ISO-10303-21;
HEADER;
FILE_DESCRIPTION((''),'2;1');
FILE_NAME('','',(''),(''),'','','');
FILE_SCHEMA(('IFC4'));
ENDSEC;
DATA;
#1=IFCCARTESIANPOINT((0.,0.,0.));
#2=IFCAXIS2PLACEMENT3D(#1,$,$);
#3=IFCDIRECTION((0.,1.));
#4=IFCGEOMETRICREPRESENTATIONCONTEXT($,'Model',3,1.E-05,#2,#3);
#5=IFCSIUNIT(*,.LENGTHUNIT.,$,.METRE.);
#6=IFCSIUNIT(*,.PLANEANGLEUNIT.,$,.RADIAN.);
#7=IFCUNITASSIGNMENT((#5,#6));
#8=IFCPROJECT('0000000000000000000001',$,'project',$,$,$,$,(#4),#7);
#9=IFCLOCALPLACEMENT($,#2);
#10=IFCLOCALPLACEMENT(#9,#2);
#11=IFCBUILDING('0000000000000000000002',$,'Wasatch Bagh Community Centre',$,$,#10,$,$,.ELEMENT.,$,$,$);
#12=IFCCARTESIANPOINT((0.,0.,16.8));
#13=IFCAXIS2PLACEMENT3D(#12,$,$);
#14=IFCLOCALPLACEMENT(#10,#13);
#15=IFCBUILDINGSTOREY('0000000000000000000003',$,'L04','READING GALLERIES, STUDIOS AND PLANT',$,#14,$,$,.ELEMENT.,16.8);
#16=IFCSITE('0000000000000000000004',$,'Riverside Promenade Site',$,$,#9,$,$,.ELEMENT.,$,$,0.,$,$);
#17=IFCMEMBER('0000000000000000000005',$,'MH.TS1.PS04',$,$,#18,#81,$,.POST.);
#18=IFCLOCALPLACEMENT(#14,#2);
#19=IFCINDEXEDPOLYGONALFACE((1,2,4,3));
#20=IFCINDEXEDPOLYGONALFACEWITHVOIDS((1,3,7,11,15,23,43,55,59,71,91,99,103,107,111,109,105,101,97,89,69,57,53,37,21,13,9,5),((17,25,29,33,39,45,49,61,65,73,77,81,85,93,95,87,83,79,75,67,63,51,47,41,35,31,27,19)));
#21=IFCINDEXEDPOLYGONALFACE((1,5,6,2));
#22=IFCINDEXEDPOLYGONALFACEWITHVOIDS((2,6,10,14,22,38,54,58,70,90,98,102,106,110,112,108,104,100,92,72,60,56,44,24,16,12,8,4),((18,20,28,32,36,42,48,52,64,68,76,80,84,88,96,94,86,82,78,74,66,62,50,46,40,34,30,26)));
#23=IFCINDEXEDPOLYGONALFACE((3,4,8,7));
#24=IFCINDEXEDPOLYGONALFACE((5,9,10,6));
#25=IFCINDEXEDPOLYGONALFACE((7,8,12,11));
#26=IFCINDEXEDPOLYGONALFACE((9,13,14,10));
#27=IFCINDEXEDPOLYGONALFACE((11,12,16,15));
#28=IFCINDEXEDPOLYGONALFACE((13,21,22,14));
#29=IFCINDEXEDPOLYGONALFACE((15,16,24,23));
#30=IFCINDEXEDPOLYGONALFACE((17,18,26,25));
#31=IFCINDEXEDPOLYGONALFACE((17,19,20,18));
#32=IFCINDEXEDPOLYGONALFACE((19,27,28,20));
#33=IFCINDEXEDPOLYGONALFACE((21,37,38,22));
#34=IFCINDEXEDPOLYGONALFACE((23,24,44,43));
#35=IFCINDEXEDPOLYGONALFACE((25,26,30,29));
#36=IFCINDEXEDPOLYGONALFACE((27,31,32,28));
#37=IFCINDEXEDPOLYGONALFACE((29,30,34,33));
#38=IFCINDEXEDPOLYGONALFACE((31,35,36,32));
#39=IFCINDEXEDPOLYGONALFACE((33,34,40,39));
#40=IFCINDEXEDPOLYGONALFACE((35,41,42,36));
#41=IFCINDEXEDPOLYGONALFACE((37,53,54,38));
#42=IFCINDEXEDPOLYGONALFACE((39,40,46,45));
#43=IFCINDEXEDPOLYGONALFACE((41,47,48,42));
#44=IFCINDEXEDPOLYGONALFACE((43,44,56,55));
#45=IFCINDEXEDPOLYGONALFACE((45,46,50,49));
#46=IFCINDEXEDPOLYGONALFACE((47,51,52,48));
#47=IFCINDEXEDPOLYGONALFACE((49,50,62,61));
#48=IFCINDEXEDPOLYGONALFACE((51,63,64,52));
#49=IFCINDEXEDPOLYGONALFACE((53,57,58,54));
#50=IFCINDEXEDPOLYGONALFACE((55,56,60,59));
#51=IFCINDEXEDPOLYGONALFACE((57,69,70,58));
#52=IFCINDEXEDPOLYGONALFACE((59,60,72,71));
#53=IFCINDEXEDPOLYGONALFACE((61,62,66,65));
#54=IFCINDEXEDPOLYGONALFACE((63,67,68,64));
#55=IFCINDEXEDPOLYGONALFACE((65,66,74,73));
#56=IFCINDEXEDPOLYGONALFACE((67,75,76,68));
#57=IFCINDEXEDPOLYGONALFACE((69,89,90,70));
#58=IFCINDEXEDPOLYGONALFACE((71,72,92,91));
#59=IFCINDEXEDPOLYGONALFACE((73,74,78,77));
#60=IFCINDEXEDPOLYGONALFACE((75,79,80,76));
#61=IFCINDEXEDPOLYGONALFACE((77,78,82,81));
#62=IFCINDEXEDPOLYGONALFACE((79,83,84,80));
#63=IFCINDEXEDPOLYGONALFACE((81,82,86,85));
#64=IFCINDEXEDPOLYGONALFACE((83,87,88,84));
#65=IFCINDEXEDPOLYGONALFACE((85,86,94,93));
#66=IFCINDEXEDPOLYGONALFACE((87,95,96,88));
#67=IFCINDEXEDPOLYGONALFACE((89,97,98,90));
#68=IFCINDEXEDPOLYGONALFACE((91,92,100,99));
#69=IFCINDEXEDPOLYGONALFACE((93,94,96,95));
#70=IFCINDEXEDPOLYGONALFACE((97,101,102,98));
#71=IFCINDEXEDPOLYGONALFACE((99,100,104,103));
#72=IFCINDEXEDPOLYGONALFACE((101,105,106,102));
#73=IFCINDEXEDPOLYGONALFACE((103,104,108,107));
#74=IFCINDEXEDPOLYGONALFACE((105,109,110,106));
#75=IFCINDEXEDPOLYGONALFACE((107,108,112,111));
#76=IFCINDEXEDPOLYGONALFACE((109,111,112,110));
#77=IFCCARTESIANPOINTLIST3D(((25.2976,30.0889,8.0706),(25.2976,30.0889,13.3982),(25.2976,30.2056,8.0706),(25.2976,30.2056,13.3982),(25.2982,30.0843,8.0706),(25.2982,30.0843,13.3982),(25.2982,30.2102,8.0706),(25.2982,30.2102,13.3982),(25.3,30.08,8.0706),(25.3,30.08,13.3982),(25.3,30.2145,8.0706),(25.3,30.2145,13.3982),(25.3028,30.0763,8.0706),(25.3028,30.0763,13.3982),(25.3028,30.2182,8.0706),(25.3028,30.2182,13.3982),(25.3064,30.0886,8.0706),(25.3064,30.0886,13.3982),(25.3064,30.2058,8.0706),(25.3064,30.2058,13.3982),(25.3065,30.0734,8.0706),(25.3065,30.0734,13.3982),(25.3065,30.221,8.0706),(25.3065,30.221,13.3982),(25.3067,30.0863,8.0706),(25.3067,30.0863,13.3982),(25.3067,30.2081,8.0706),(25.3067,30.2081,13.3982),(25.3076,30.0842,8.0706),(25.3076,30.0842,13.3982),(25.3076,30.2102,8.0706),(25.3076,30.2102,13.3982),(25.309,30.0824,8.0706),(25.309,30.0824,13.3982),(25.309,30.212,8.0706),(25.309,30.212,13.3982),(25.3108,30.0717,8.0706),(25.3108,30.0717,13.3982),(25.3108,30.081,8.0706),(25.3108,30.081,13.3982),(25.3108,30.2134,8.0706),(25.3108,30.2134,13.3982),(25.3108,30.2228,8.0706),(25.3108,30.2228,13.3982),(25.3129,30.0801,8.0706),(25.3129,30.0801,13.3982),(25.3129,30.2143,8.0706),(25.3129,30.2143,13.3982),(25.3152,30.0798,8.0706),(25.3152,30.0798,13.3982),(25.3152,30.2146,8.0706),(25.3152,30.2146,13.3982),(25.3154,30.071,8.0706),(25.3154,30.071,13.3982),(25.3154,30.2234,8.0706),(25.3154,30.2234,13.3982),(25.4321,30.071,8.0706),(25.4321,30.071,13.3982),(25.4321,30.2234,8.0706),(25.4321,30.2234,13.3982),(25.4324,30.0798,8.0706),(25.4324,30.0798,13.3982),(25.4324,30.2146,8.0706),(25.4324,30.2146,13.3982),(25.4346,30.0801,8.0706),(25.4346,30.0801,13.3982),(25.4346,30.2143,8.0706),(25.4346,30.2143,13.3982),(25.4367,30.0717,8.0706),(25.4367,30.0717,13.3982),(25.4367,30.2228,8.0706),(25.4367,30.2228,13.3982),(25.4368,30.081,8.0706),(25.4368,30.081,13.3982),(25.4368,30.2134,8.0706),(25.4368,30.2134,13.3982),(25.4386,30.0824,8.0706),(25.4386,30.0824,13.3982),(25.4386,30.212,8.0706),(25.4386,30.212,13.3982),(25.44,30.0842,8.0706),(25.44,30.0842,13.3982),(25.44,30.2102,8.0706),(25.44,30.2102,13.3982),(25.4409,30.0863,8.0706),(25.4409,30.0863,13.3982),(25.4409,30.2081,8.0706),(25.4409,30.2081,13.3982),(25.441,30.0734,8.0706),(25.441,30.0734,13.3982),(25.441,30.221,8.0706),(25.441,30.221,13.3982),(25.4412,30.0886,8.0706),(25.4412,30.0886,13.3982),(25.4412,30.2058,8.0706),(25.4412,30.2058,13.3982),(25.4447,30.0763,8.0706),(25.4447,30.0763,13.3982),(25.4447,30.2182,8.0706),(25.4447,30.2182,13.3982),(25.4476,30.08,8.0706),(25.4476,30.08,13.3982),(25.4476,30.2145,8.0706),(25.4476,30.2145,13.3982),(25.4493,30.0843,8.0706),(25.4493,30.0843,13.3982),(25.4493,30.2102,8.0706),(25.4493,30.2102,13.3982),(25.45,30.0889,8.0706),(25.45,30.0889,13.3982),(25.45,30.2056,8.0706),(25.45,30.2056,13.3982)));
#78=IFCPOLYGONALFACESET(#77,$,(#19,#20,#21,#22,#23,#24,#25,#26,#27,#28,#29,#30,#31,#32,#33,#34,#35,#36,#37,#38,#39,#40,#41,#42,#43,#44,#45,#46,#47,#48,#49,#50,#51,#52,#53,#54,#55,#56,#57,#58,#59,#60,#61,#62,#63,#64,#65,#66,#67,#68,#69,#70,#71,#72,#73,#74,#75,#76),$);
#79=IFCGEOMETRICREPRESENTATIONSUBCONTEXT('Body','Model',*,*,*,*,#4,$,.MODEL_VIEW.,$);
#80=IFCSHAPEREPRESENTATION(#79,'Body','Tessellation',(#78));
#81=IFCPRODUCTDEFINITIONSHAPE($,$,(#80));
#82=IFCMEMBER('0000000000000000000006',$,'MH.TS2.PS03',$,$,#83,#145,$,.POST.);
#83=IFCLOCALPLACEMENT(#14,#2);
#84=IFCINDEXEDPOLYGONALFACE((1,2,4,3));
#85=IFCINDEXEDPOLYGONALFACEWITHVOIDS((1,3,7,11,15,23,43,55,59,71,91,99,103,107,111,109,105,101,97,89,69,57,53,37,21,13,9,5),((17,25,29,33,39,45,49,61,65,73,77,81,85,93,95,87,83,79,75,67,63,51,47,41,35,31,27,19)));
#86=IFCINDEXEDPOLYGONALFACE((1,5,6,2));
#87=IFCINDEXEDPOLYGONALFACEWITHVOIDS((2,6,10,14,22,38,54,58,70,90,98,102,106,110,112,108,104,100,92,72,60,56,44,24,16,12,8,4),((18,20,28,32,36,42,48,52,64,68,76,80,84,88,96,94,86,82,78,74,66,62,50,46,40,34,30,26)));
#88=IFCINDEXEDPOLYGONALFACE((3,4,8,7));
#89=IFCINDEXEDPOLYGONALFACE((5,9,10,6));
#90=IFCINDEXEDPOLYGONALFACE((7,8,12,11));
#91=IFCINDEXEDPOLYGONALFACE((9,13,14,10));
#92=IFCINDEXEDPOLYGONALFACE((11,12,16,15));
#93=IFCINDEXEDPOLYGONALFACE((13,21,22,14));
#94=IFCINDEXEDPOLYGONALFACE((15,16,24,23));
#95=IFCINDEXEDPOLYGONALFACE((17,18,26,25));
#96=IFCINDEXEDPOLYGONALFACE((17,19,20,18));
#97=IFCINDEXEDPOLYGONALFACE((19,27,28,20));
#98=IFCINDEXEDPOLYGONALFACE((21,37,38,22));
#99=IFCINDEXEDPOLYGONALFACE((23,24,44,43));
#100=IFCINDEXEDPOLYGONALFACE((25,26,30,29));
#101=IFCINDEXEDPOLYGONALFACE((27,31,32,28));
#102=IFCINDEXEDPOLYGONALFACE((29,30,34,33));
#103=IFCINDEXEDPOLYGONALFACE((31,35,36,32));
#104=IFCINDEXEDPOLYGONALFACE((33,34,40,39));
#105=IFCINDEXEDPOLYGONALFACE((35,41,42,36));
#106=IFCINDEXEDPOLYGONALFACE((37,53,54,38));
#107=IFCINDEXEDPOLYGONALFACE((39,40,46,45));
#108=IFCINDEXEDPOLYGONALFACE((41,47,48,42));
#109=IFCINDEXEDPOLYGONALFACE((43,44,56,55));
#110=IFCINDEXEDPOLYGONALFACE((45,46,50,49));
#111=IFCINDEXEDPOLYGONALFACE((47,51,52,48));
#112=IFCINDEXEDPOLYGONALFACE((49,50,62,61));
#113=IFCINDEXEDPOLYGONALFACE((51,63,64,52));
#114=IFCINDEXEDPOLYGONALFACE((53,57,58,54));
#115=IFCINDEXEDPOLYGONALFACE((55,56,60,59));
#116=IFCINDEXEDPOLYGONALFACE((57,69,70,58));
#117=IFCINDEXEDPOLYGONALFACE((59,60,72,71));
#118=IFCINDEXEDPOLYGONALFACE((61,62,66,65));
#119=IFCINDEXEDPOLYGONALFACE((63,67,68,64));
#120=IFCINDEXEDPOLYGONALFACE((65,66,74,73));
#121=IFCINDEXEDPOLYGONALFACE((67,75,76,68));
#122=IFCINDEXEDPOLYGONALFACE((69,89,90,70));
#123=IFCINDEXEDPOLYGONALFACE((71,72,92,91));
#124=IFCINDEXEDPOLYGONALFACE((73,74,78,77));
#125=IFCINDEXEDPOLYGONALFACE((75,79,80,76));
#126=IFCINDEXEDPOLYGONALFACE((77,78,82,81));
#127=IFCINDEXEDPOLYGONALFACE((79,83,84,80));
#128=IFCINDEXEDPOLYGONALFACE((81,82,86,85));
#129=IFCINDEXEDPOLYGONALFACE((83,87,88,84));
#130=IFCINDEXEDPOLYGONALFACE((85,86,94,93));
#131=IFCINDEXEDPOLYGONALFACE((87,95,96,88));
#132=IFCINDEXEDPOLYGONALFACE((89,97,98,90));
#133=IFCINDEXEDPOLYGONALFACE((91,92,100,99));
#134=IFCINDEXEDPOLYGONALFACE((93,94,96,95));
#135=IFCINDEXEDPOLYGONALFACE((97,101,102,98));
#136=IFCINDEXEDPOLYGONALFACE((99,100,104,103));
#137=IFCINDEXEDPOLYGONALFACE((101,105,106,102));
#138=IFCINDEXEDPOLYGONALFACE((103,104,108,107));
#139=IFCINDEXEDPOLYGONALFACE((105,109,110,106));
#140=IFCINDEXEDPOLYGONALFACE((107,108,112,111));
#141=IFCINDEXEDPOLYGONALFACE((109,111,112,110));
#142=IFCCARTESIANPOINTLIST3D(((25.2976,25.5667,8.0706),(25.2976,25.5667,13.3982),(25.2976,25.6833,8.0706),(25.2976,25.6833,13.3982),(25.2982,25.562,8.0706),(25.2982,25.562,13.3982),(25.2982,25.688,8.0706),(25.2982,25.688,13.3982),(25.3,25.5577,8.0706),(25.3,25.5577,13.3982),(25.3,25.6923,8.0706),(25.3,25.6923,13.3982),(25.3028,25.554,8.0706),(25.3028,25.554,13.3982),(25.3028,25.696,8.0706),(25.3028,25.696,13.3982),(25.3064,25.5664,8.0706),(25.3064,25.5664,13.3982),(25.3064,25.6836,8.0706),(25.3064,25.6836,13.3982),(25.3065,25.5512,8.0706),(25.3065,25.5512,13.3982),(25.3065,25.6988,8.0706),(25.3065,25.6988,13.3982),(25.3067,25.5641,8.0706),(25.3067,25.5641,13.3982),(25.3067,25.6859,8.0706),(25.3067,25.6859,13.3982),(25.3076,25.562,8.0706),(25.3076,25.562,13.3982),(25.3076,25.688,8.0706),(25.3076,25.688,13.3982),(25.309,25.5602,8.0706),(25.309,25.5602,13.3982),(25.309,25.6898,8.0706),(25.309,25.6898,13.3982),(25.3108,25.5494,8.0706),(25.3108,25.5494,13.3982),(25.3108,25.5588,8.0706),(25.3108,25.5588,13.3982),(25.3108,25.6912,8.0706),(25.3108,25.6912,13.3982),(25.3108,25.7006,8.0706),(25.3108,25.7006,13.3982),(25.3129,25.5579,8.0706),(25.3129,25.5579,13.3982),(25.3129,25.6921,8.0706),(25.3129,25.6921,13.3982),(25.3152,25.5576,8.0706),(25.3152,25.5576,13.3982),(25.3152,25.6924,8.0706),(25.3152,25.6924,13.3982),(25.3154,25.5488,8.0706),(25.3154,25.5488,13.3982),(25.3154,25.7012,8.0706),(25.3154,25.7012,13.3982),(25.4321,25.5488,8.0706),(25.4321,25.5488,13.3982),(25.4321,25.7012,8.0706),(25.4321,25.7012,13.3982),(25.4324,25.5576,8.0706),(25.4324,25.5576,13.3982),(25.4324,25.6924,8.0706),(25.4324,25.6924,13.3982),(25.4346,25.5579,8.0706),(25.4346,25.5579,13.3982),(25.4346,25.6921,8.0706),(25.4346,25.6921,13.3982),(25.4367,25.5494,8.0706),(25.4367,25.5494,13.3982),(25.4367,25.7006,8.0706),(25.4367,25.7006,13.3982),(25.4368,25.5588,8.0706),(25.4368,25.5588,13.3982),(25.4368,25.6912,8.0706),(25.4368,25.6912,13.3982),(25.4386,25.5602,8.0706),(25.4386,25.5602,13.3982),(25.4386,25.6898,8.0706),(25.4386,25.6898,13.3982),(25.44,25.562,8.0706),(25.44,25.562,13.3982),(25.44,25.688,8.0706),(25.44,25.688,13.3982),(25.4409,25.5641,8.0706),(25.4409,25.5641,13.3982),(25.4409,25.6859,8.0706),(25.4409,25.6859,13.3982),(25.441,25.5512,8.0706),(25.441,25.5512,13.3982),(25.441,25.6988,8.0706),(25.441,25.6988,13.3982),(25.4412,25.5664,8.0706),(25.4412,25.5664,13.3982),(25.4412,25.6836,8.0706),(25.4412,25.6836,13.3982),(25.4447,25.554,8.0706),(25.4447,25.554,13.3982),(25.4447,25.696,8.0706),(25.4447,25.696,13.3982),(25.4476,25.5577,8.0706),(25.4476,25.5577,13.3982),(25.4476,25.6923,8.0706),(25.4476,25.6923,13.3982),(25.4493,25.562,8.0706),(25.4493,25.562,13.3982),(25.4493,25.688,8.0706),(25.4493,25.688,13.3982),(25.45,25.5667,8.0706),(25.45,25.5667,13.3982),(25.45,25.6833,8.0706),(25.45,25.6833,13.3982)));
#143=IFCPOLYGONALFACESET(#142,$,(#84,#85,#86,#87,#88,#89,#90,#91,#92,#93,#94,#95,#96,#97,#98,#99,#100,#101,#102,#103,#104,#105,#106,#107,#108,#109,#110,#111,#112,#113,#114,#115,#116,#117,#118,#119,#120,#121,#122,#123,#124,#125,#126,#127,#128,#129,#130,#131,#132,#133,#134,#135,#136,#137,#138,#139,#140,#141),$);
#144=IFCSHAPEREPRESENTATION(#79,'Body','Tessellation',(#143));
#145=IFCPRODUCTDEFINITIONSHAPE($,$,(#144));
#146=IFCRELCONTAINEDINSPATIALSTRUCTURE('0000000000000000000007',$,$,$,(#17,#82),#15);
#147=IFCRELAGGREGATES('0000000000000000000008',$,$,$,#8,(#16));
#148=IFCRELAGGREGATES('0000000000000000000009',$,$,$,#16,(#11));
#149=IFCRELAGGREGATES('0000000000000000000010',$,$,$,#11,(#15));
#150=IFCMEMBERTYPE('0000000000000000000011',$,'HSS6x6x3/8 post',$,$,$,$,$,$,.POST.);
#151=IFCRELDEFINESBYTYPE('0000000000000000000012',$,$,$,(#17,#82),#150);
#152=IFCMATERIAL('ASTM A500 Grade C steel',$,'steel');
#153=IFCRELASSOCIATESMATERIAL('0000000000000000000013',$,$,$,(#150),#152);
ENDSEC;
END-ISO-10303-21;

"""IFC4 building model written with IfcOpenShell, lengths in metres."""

from ifc_helpers import new_model, si_unit, direction, frame, origin, origin_2d, place, context, subcontext, project, spatial, hollow_rectangle, extrude, material, material_profile, profile_set, type_object, element, save


model = new_model("IFC4")

# Units and contexts
model_context = context("Model", 3, precision=1e-05, world=origin(), true_north=direction((0.0, 1.0)))
body_context = subcontext(model_context, "Body", "Model", "MODEL_VIEW")
ifc_project = project(units=[si_unit("LENGTHUNIT", "METRE"), si_unit("PLANEANGLEUNIT", "RADIAN")], contexts=[model_context])

# Site, building, storey
site_placement = place(None, origin())
site = spatial("IfcSite", under=ifc_project, at=site_placement, Name="Riverside Promenade Site", CompositionType="ELEMENT", RefElevation=0.0)
building_placement = place(site_placement, origin())
building = spatial("IfcBuilding", under=site, at=building_placement, Name="Wasatch Bagh Community Centre", CompositionType="ELEMENT")
storey_placement = place(building_placement, frame((0.0, 0.0, 16.8)))
storey = spatial("IfcBuildingStorey", under=building, at=storey_placement, Name="L04", Description="READING GALLERIES, STUDIOS AND PLANT", CompositionType="ELEMENT", Elevation=16.8)

# Members
ifc_material_1 = material(Name="ASTM A500 Grade C steel", Category="steel")
ifc_material_profile_1 = material_profile(ifc_material_1, hollow_rectangle(XDim=0.1523, YDim=0.1523, WallThickness=0.0088, InnerFilletRadius=0.0088, OuterFilletRadius=0.0178, at=origin_2d()), Name="HSS6x6x3/8")
ifc_profile_set_1 = profile_set([ifc_material_profile_1], Name="ASTM A500 Grade C steel")
member_type_1 = type_object("IfcMemberType", Name="HSS6x6x3/8 post", PredefinedType="POST", material=ifc_profile_set_1)
for number, where, z_axis, x_axis, name in (
    (1, (25.3738, 30.1472, 8.0706), (0.0, 0.0, 1.0), (1.0, 0.0, 0.0), "MH.TS1.PS04"),
    (2, (25.3738, 25.625, 8.0706), (0.0, 0.0, 1.0), (1.0, 0.0, 0.0), "MH.TS2.PS03"),
):
    element("IfcMember", number, at=place(storey_placement, frame(where, z_axis=z_axis, x_axis=x_axis)), inside=storey, type_object=member_type_1, Name=name, PredefinedType="POST", context=body_context, shape_type="SweptSolid", body=[
        extrude(hollow_rectangle(XDim=0.1523, YDim=0.1523, WallThickness=0.0088, InnerFilletRadius=0.0088, OuterFilletRadius=0.0178, at=origin_2d()), origin(), (0.0, 0.0, 1.0), 5.3276),
    ])

save(model, "model.ifc")
